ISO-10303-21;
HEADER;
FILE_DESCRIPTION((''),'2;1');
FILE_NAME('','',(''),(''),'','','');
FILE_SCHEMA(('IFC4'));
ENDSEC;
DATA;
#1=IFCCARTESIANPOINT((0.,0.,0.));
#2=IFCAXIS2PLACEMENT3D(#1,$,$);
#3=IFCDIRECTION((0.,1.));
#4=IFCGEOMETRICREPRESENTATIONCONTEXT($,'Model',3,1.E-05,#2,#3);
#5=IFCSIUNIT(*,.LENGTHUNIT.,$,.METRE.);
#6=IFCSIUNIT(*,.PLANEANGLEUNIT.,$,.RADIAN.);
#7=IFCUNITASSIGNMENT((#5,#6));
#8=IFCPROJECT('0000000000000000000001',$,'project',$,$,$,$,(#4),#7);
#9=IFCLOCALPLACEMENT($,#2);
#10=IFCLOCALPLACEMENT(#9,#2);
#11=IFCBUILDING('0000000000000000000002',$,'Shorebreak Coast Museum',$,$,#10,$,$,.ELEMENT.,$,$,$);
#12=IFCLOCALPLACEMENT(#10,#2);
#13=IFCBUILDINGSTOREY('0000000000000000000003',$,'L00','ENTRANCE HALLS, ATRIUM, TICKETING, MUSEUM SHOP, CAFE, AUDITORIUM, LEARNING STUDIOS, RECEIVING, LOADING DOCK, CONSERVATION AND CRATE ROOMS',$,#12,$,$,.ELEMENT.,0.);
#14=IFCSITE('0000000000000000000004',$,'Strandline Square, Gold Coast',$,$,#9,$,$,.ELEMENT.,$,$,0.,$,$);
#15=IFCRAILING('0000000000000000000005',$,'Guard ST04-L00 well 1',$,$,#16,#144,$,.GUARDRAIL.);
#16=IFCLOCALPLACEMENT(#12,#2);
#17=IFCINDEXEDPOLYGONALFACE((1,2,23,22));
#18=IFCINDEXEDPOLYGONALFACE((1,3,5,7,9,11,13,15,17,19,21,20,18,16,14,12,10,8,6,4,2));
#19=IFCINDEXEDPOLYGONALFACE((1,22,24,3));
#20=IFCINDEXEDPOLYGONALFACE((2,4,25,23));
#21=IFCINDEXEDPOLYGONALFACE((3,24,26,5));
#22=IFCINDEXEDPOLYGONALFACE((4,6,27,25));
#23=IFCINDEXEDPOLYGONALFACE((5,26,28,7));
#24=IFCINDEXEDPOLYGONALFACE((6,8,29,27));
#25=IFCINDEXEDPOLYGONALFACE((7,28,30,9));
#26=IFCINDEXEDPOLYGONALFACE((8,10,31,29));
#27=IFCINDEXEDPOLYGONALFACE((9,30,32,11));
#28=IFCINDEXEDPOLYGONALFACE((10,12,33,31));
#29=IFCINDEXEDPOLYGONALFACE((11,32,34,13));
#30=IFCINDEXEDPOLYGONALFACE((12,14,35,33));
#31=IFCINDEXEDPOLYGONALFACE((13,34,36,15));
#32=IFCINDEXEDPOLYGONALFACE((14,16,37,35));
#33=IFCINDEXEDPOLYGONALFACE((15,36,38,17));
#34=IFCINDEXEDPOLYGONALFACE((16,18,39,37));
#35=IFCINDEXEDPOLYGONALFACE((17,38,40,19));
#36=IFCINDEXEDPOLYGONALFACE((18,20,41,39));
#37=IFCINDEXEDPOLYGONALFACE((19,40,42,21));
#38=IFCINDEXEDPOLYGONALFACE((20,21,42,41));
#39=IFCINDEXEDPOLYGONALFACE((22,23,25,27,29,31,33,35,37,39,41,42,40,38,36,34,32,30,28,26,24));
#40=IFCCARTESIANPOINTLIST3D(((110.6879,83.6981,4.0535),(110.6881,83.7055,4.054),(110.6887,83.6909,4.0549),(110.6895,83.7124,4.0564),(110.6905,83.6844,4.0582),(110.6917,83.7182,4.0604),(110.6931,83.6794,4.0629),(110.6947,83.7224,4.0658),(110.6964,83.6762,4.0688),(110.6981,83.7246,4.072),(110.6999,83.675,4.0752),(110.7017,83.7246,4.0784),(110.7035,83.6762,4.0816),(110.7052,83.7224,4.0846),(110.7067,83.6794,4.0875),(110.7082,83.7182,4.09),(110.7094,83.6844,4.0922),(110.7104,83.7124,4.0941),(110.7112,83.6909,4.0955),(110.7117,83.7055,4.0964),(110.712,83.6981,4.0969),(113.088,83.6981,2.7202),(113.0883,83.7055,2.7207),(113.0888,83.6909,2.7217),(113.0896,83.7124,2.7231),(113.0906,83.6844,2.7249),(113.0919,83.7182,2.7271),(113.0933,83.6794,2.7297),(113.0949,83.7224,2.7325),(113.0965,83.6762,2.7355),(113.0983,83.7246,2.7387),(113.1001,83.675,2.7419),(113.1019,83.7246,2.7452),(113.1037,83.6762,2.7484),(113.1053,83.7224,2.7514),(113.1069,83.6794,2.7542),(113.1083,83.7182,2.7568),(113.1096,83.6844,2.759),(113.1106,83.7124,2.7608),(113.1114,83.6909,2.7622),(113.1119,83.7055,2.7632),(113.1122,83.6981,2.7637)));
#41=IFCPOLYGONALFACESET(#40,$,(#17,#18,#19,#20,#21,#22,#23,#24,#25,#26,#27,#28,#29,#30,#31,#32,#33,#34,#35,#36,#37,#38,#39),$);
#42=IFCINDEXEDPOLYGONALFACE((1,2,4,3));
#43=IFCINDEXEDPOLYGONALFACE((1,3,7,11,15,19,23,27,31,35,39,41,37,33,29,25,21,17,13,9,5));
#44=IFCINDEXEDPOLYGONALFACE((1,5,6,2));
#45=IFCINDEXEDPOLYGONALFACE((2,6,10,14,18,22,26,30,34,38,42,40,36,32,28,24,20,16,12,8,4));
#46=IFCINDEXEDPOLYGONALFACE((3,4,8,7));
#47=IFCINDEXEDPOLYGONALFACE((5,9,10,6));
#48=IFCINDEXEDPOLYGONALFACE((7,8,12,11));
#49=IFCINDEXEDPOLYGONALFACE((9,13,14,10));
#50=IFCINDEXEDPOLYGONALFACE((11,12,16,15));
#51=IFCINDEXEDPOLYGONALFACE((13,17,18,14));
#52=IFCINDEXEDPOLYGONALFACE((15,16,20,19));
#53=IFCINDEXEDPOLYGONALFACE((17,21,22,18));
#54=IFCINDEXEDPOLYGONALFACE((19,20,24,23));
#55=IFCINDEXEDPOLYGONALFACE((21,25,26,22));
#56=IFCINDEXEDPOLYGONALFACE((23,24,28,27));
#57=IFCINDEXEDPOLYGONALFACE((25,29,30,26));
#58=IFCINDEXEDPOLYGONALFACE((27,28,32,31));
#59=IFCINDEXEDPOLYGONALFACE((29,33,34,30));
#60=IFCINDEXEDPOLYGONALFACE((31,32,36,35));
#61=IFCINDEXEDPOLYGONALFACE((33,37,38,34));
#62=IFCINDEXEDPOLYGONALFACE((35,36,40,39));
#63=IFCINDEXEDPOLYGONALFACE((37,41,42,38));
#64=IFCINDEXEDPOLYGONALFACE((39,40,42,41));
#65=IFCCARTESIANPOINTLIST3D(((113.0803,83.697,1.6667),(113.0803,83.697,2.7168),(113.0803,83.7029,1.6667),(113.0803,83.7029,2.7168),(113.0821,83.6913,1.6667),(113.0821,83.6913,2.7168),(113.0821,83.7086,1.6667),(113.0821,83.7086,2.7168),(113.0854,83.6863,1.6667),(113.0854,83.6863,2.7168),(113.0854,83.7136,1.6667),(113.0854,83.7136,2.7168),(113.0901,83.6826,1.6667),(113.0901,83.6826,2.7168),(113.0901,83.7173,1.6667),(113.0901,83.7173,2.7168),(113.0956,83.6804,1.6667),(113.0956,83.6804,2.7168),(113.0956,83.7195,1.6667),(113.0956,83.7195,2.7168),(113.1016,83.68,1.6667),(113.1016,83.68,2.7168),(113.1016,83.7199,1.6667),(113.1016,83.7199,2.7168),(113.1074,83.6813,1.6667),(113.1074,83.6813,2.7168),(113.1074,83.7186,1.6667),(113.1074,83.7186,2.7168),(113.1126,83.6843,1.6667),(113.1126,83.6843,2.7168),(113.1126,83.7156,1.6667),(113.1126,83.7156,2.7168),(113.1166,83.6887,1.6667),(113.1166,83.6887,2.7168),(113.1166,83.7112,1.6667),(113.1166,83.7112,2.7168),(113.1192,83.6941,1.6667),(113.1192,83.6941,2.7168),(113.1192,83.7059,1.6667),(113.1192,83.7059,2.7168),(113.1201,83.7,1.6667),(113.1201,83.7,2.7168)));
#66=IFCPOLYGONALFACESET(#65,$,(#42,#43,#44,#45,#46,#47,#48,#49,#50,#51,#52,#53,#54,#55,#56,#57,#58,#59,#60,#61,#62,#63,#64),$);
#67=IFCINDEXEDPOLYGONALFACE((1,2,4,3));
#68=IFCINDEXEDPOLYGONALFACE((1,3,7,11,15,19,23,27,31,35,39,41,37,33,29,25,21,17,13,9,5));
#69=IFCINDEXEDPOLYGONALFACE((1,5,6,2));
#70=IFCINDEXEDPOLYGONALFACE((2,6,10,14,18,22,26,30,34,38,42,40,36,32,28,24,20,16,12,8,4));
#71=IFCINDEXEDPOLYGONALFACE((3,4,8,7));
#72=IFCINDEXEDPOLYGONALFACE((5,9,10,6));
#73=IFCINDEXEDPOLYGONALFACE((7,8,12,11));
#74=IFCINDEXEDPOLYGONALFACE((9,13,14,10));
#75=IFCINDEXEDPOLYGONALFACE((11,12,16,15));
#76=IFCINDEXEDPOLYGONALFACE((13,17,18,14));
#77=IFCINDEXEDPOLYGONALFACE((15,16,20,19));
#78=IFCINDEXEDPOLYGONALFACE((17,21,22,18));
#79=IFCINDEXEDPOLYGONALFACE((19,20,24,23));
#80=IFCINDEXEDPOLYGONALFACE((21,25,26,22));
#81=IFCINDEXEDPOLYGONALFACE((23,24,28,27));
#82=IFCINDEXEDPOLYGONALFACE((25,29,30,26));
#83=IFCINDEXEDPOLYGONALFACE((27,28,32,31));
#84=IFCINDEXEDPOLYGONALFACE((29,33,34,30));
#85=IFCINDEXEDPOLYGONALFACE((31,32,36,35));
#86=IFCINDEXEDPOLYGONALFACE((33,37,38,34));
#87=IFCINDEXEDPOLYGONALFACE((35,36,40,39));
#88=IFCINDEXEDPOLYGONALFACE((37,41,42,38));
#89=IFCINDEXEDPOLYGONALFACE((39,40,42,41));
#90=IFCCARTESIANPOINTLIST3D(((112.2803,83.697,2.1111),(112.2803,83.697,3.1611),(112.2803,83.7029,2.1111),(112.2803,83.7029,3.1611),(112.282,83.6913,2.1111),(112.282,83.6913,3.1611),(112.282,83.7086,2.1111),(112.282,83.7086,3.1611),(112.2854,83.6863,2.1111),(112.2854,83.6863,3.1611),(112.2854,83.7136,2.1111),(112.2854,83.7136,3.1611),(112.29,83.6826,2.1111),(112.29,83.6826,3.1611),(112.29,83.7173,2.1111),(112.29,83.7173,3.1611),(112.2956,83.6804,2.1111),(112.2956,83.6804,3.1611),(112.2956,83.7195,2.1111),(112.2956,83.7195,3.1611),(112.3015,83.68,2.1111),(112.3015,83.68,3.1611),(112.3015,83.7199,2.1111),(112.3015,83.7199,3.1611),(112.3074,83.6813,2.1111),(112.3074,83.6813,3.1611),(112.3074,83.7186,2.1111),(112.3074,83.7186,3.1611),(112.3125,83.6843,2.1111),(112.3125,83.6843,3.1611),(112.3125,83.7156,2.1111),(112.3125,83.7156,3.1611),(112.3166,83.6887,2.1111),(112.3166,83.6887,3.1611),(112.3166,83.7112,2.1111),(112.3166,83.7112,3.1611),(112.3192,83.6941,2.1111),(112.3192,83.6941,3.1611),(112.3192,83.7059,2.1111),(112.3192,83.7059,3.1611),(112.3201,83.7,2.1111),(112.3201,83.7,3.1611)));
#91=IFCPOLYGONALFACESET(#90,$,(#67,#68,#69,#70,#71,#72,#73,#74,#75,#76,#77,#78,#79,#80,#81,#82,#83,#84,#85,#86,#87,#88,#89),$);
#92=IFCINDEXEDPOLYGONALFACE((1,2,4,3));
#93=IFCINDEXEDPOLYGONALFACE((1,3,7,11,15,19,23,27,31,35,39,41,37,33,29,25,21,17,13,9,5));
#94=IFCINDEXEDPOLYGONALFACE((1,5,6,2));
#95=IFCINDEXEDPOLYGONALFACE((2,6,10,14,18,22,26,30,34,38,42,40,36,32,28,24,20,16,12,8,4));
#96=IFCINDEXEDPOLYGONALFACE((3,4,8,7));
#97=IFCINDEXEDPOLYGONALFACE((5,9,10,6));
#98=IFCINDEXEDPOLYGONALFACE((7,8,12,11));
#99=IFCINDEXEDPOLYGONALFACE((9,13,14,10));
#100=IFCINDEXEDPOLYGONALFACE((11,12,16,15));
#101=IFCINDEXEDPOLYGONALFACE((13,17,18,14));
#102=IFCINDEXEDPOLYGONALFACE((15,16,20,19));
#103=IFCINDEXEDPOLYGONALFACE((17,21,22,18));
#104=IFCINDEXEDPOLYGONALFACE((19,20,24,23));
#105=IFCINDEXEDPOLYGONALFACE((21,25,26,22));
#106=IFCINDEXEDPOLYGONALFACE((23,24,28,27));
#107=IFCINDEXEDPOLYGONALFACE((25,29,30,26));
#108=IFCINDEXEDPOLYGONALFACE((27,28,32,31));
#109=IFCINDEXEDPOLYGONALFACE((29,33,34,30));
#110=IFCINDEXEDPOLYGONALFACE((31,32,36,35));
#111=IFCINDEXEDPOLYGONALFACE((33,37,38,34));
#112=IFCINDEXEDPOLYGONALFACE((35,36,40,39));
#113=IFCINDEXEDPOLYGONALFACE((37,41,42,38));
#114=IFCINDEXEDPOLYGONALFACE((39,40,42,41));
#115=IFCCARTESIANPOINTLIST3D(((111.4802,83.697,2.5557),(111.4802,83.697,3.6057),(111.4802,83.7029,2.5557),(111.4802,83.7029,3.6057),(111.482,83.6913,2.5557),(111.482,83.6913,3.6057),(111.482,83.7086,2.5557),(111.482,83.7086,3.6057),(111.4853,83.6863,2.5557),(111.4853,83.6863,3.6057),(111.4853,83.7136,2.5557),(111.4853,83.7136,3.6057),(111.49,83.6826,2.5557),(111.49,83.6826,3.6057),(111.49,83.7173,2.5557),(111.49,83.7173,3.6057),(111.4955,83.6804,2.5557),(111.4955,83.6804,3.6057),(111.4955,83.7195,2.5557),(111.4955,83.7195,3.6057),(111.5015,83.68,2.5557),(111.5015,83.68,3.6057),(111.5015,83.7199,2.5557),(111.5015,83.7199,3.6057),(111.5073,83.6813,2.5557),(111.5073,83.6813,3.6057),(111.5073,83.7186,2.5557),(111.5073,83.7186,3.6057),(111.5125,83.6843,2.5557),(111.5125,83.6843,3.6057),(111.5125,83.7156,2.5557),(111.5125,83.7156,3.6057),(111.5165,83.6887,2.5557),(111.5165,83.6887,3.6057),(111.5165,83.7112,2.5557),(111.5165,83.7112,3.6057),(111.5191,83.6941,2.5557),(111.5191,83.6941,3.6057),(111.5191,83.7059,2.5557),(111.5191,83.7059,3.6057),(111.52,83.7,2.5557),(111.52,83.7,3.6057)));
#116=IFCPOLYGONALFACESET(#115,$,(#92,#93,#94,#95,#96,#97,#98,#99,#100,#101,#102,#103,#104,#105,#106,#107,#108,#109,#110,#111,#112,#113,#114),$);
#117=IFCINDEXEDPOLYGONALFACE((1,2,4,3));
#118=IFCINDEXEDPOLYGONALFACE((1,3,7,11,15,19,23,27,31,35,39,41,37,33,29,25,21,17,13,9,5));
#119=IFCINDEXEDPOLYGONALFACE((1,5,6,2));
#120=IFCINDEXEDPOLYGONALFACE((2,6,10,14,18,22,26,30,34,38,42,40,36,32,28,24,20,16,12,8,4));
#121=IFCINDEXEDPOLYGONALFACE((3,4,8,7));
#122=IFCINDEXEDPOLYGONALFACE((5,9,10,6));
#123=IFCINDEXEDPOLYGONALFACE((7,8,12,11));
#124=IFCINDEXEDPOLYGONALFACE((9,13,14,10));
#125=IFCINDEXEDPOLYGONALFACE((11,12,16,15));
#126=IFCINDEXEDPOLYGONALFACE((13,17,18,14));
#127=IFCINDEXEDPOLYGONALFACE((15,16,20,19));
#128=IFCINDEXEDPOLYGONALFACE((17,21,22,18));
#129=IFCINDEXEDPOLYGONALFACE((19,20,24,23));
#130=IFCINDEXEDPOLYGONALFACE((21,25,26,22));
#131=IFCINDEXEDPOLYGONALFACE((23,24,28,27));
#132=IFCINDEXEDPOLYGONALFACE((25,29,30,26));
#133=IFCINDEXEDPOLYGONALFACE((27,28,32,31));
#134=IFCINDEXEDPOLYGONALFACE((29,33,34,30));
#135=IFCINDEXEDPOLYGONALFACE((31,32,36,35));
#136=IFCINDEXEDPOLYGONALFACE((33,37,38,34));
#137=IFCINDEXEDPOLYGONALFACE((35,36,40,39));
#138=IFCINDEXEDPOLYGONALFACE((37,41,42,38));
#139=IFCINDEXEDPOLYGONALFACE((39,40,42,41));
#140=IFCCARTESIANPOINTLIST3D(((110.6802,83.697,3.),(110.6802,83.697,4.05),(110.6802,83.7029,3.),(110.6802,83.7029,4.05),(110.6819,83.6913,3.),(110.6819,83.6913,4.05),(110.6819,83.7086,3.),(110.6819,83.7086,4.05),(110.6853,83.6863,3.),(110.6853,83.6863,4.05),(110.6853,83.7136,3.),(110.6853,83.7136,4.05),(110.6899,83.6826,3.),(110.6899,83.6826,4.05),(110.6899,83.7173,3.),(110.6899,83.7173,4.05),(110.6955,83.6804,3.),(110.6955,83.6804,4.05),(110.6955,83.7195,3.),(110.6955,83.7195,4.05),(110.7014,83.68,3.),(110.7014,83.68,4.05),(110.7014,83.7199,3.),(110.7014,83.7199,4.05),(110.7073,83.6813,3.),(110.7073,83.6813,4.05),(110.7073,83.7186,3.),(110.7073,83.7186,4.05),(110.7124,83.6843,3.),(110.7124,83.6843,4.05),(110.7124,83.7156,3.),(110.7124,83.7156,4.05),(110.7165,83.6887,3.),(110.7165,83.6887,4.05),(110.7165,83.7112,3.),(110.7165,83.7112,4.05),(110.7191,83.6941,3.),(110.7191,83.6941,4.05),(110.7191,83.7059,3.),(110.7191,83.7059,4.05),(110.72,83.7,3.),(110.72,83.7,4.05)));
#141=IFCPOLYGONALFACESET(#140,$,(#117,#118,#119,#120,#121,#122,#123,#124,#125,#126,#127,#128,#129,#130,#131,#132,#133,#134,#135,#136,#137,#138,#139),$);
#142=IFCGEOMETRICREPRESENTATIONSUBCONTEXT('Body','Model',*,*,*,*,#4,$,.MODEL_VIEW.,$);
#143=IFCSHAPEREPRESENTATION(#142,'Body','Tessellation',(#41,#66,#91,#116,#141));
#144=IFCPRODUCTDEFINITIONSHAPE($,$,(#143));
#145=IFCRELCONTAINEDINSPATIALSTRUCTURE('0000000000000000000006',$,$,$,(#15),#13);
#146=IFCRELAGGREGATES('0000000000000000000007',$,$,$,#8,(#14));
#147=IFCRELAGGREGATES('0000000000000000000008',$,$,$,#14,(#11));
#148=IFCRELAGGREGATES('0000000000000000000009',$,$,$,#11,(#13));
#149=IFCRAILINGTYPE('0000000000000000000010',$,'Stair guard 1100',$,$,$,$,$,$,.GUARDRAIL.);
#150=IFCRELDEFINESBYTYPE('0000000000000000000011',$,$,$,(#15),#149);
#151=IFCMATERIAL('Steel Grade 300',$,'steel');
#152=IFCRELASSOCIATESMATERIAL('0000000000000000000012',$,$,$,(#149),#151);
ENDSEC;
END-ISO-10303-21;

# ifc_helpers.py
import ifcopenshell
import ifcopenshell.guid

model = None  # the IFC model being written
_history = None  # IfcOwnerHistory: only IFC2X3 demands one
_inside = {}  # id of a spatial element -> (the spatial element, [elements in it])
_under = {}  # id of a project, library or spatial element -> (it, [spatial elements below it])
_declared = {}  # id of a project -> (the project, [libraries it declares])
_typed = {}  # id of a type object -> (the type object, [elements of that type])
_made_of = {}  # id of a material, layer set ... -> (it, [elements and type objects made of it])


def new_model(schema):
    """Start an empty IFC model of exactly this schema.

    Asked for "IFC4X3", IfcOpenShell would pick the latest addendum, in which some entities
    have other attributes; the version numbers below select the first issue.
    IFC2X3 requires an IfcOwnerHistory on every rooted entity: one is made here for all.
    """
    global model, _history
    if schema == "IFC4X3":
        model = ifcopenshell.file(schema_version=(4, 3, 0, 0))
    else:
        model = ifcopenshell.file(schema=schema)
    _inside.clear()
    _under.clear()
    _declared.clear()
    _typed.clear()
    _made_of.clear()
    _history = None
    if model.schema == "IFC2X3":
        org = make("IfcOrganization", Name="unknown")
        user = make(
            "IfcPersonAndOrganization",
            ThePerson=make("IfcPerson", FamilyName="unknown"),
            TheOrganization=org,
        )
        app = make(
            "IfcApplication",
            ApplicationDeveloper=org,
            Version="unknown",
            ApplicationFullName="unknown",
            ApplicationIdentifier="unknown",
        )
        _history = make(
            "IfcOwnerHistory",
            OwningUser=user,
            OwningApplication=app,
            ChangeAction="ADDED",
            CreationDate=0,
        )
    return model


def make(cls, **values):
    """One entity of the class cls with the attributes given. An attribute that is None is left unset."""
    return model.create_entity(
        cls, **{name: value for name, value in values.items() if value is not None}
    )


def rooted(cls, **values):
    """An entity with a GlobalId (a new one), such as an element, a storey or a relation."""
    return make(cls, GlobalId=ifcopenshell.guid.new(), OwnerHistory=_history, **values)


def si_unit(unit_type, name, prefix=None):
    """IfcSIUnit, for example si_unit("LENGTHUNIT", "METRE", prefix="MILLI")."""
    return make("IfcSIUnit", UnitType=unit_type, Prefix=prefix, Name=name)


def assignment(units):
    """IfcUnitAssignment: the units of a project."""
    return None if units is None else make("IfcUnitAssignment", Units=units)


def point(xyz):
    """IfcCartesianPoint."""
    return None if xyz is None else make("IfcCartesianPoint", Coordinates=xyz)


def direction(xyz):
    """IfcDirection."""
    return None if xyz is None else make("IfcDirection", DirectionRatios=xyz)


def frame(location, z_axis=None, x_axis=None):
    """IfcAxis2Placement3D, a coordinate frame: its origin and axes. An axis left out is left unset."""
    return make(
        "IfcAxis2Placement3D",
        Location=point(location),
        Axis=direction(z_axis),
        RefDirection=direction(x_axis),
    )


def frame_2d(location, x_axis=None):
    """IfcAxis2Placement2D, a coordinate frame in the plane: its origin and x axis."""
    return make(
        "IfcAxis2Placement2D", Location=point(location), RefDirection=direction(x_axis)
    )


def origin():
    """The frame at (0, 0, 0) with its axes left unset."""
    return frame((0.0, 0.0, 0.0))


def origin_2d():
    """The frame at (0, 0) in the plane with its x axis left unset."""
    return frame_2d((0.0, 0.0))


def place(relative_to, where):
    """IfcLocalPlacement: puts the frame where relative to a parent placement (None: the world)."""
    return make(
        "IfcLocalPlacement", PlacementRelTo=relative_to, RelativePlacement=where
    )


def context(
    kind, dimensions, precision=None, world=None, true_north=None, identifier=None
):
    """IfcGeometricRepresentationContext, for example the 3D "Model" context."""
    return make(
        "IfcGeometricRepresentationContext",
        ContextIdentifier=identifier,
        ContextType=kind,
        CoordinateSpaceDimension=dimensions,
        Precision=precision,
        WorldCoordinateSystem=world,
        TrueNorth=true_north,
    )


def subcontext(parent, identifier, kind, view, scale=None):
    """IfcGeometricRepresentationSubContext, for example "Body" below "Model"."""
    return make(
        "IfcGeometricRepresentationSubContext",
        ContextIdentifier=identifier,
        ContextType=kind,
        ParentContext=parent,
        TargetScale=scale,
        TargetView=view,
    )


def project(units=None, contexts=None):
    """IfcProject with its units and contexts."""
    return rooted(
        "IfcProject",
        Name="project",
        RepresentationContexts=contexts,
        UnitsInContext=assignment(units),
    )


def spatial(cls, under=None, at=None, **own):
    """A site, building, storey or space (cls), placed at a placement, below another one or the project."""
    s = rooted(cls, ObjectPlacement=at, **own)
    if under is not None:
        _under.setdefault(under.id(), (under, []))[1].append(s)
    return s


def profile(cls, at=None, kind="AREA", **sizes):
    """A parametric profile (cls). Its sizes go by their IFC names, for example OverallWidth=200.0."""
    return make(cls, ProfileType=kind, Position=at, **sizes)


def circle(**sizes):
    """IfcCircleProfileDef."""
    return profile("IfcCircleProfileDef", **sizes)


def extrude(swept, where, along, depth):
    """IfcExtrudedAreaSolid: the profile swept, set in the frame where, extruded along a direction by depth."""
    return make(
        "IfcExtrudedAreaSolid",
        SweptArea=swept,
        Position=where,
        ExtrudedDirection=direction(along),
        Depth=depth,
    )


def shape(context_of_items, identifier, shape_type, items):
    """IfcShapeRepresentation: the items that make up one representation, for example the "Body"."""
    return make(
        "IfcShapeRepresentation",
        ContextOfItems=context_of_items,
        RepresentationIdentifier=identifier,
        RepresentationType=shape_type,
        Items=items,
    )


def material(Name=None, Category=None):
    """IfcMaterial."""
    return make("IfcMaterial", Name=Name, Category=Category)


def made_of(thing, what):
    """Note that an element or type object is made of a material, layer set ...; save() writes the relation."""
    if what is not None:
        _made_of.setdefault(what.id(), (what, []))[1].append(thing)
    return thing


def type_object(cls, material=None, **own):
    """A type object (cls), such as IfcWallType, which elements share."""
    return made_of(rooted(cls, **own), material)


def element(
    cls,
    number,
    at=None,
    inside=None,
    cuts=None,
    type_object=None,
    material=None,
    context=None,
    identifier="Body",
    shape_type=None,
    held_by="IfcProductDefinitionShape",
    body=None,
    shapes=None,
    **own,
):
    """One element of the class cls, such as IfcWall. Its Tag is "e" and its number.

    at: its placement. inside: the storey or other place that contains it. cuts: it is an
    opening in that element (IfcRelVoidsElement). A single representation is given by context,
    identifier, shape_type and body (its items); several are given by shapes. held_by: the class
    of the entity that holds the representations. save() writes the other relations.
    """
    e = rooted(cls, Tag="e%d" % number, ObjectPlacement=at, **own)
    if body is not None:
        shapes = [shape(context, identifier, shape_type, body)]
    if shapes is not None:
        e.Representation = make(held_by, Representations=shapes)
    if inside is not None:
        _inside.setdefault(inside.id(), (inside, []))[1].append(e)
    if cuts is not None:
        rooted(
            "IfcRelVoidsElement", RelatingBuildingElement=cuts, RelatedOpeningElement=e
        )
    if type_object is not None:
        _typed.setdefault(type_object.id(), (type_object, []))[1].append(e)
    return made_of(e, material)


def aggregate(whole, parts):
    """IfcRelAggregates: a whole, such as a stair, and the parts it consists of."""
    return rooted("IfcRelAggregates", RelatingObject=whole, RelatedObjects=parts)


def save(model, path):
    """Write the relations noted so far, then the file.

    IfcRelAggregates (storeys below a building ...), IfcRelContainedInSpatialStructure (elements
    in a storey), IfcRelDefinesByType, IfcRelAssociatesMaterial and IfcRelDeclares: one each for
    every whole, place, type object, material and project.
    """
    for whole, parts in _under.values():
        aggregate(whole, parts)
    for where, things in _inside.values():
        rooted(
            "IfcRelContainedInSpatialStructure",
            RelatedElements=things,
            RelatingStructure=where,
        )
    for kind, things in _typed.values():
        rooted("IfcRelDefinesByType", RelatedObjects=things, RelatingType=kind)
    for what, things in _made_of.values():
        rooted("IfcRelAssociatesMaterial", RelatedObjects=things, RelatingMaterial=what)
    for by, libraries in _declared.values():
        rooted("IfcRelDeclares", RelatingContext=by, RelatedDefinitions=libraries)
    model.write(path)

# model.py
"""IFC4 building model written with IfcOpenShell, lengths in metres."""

from ifc_helpers import new_model, si_unit, direction, frame, origin, origin_2d, place, context, subcontext, project, spatial, circle, extrude, material, type_object, element, save


model = new_model("IFC4")

# Units and contexts
model_context = context("Model", 3, precision=1e-05, world=origin(), true_north=direction((0.0, 1.0)))
body_context = subcontext(model_context, "Body", "Model", "MODEL_VIEW")
ifc_project = project(units=[si_unit("LENGTHUNIT", "METRE"), si_unit("PLANEANGLEUNIT", "RADIAN")], contexts=[model_context])

# Site, building, storey
site_placement = place(None, origin())
site = spatial("IfcSite", under=ifc_project, at=site_placement, Name="Strandline Square, Gold Coast", CompositionType="ELEMENT", RefElevation=0.0)
building_placement = place(site_placement, origin())
building = spatial("IfcBuilding", under=site, at=building_placement, Name="Shorebreak Coast Museum", CompositionType="ELEMENT")
storey_placement = place(building_placement, origin())
storey = spatial("IfcBuildingStorey", under=building, at=storey_placement, Name="L00", Description="ENTRANCE HALLS, ATRIUM, TICKETING, MUSEUM SHOP, CAFE, AUDITORIUM, LEARNING STUDIOS, RECEIVING, LOADING DOCK, CONSERVATION AND CRATE ROOMS", CompositionType="ELEMENT", Elevation=0.0)

# Railing
ifc_material_1 = material(Name="Steel Grade 300", Category="steel")
railing_type_1 = type_object("IfcRailingType", Name="Stair guard 1100", PredefinedType="GUARDRAIL", material=ifc_material_1)
railing_1_placement = place(storey_placement, frame((113.1001, 83.7, 1.6667)))
element("IfcRailing", 1, at=railing_1_placement, inside=storey, type_object=railing_type_1, Name="Guard ST04-L00 well 1", PredefinedType="GUARDRAIL", context=body_context, shape_type="SweptSolid", body=[
    extrude(circle(Radius=0.0249, at=origin_2d()), frame((0.0, 0.0, 1.0752), z_axis=(-0.874182, 0.0, 0.485598), x_axis=(0.0, -1.0, 0.0)), (0.0, 0.0, 1.0), 2.7456),
    extrude(circle(Radius=0.02, at=origin_2d()), origin(), (0.0, 0.0, 1.0), 1.05),
    extrude(circle(Radius=0.02, at=origin_2d()), frame((-0.8, 0.0, 0.4443)), (0.0, 0.0, 1.0), 1.05),
    extrude(circle(Radius=0.02, at=origin_2d()), frame((-1.6001, 0.0, 0.8889)), (0.0, 0.0, 1.0), 1.05),
    extrude(circle(Radius=0.02, at=origin_2d()), frame((-2.4001, 0.0, 1.3333)), (0.0, 0.0, 1.0), 1.05),
])

save(model, "model.ifc")
